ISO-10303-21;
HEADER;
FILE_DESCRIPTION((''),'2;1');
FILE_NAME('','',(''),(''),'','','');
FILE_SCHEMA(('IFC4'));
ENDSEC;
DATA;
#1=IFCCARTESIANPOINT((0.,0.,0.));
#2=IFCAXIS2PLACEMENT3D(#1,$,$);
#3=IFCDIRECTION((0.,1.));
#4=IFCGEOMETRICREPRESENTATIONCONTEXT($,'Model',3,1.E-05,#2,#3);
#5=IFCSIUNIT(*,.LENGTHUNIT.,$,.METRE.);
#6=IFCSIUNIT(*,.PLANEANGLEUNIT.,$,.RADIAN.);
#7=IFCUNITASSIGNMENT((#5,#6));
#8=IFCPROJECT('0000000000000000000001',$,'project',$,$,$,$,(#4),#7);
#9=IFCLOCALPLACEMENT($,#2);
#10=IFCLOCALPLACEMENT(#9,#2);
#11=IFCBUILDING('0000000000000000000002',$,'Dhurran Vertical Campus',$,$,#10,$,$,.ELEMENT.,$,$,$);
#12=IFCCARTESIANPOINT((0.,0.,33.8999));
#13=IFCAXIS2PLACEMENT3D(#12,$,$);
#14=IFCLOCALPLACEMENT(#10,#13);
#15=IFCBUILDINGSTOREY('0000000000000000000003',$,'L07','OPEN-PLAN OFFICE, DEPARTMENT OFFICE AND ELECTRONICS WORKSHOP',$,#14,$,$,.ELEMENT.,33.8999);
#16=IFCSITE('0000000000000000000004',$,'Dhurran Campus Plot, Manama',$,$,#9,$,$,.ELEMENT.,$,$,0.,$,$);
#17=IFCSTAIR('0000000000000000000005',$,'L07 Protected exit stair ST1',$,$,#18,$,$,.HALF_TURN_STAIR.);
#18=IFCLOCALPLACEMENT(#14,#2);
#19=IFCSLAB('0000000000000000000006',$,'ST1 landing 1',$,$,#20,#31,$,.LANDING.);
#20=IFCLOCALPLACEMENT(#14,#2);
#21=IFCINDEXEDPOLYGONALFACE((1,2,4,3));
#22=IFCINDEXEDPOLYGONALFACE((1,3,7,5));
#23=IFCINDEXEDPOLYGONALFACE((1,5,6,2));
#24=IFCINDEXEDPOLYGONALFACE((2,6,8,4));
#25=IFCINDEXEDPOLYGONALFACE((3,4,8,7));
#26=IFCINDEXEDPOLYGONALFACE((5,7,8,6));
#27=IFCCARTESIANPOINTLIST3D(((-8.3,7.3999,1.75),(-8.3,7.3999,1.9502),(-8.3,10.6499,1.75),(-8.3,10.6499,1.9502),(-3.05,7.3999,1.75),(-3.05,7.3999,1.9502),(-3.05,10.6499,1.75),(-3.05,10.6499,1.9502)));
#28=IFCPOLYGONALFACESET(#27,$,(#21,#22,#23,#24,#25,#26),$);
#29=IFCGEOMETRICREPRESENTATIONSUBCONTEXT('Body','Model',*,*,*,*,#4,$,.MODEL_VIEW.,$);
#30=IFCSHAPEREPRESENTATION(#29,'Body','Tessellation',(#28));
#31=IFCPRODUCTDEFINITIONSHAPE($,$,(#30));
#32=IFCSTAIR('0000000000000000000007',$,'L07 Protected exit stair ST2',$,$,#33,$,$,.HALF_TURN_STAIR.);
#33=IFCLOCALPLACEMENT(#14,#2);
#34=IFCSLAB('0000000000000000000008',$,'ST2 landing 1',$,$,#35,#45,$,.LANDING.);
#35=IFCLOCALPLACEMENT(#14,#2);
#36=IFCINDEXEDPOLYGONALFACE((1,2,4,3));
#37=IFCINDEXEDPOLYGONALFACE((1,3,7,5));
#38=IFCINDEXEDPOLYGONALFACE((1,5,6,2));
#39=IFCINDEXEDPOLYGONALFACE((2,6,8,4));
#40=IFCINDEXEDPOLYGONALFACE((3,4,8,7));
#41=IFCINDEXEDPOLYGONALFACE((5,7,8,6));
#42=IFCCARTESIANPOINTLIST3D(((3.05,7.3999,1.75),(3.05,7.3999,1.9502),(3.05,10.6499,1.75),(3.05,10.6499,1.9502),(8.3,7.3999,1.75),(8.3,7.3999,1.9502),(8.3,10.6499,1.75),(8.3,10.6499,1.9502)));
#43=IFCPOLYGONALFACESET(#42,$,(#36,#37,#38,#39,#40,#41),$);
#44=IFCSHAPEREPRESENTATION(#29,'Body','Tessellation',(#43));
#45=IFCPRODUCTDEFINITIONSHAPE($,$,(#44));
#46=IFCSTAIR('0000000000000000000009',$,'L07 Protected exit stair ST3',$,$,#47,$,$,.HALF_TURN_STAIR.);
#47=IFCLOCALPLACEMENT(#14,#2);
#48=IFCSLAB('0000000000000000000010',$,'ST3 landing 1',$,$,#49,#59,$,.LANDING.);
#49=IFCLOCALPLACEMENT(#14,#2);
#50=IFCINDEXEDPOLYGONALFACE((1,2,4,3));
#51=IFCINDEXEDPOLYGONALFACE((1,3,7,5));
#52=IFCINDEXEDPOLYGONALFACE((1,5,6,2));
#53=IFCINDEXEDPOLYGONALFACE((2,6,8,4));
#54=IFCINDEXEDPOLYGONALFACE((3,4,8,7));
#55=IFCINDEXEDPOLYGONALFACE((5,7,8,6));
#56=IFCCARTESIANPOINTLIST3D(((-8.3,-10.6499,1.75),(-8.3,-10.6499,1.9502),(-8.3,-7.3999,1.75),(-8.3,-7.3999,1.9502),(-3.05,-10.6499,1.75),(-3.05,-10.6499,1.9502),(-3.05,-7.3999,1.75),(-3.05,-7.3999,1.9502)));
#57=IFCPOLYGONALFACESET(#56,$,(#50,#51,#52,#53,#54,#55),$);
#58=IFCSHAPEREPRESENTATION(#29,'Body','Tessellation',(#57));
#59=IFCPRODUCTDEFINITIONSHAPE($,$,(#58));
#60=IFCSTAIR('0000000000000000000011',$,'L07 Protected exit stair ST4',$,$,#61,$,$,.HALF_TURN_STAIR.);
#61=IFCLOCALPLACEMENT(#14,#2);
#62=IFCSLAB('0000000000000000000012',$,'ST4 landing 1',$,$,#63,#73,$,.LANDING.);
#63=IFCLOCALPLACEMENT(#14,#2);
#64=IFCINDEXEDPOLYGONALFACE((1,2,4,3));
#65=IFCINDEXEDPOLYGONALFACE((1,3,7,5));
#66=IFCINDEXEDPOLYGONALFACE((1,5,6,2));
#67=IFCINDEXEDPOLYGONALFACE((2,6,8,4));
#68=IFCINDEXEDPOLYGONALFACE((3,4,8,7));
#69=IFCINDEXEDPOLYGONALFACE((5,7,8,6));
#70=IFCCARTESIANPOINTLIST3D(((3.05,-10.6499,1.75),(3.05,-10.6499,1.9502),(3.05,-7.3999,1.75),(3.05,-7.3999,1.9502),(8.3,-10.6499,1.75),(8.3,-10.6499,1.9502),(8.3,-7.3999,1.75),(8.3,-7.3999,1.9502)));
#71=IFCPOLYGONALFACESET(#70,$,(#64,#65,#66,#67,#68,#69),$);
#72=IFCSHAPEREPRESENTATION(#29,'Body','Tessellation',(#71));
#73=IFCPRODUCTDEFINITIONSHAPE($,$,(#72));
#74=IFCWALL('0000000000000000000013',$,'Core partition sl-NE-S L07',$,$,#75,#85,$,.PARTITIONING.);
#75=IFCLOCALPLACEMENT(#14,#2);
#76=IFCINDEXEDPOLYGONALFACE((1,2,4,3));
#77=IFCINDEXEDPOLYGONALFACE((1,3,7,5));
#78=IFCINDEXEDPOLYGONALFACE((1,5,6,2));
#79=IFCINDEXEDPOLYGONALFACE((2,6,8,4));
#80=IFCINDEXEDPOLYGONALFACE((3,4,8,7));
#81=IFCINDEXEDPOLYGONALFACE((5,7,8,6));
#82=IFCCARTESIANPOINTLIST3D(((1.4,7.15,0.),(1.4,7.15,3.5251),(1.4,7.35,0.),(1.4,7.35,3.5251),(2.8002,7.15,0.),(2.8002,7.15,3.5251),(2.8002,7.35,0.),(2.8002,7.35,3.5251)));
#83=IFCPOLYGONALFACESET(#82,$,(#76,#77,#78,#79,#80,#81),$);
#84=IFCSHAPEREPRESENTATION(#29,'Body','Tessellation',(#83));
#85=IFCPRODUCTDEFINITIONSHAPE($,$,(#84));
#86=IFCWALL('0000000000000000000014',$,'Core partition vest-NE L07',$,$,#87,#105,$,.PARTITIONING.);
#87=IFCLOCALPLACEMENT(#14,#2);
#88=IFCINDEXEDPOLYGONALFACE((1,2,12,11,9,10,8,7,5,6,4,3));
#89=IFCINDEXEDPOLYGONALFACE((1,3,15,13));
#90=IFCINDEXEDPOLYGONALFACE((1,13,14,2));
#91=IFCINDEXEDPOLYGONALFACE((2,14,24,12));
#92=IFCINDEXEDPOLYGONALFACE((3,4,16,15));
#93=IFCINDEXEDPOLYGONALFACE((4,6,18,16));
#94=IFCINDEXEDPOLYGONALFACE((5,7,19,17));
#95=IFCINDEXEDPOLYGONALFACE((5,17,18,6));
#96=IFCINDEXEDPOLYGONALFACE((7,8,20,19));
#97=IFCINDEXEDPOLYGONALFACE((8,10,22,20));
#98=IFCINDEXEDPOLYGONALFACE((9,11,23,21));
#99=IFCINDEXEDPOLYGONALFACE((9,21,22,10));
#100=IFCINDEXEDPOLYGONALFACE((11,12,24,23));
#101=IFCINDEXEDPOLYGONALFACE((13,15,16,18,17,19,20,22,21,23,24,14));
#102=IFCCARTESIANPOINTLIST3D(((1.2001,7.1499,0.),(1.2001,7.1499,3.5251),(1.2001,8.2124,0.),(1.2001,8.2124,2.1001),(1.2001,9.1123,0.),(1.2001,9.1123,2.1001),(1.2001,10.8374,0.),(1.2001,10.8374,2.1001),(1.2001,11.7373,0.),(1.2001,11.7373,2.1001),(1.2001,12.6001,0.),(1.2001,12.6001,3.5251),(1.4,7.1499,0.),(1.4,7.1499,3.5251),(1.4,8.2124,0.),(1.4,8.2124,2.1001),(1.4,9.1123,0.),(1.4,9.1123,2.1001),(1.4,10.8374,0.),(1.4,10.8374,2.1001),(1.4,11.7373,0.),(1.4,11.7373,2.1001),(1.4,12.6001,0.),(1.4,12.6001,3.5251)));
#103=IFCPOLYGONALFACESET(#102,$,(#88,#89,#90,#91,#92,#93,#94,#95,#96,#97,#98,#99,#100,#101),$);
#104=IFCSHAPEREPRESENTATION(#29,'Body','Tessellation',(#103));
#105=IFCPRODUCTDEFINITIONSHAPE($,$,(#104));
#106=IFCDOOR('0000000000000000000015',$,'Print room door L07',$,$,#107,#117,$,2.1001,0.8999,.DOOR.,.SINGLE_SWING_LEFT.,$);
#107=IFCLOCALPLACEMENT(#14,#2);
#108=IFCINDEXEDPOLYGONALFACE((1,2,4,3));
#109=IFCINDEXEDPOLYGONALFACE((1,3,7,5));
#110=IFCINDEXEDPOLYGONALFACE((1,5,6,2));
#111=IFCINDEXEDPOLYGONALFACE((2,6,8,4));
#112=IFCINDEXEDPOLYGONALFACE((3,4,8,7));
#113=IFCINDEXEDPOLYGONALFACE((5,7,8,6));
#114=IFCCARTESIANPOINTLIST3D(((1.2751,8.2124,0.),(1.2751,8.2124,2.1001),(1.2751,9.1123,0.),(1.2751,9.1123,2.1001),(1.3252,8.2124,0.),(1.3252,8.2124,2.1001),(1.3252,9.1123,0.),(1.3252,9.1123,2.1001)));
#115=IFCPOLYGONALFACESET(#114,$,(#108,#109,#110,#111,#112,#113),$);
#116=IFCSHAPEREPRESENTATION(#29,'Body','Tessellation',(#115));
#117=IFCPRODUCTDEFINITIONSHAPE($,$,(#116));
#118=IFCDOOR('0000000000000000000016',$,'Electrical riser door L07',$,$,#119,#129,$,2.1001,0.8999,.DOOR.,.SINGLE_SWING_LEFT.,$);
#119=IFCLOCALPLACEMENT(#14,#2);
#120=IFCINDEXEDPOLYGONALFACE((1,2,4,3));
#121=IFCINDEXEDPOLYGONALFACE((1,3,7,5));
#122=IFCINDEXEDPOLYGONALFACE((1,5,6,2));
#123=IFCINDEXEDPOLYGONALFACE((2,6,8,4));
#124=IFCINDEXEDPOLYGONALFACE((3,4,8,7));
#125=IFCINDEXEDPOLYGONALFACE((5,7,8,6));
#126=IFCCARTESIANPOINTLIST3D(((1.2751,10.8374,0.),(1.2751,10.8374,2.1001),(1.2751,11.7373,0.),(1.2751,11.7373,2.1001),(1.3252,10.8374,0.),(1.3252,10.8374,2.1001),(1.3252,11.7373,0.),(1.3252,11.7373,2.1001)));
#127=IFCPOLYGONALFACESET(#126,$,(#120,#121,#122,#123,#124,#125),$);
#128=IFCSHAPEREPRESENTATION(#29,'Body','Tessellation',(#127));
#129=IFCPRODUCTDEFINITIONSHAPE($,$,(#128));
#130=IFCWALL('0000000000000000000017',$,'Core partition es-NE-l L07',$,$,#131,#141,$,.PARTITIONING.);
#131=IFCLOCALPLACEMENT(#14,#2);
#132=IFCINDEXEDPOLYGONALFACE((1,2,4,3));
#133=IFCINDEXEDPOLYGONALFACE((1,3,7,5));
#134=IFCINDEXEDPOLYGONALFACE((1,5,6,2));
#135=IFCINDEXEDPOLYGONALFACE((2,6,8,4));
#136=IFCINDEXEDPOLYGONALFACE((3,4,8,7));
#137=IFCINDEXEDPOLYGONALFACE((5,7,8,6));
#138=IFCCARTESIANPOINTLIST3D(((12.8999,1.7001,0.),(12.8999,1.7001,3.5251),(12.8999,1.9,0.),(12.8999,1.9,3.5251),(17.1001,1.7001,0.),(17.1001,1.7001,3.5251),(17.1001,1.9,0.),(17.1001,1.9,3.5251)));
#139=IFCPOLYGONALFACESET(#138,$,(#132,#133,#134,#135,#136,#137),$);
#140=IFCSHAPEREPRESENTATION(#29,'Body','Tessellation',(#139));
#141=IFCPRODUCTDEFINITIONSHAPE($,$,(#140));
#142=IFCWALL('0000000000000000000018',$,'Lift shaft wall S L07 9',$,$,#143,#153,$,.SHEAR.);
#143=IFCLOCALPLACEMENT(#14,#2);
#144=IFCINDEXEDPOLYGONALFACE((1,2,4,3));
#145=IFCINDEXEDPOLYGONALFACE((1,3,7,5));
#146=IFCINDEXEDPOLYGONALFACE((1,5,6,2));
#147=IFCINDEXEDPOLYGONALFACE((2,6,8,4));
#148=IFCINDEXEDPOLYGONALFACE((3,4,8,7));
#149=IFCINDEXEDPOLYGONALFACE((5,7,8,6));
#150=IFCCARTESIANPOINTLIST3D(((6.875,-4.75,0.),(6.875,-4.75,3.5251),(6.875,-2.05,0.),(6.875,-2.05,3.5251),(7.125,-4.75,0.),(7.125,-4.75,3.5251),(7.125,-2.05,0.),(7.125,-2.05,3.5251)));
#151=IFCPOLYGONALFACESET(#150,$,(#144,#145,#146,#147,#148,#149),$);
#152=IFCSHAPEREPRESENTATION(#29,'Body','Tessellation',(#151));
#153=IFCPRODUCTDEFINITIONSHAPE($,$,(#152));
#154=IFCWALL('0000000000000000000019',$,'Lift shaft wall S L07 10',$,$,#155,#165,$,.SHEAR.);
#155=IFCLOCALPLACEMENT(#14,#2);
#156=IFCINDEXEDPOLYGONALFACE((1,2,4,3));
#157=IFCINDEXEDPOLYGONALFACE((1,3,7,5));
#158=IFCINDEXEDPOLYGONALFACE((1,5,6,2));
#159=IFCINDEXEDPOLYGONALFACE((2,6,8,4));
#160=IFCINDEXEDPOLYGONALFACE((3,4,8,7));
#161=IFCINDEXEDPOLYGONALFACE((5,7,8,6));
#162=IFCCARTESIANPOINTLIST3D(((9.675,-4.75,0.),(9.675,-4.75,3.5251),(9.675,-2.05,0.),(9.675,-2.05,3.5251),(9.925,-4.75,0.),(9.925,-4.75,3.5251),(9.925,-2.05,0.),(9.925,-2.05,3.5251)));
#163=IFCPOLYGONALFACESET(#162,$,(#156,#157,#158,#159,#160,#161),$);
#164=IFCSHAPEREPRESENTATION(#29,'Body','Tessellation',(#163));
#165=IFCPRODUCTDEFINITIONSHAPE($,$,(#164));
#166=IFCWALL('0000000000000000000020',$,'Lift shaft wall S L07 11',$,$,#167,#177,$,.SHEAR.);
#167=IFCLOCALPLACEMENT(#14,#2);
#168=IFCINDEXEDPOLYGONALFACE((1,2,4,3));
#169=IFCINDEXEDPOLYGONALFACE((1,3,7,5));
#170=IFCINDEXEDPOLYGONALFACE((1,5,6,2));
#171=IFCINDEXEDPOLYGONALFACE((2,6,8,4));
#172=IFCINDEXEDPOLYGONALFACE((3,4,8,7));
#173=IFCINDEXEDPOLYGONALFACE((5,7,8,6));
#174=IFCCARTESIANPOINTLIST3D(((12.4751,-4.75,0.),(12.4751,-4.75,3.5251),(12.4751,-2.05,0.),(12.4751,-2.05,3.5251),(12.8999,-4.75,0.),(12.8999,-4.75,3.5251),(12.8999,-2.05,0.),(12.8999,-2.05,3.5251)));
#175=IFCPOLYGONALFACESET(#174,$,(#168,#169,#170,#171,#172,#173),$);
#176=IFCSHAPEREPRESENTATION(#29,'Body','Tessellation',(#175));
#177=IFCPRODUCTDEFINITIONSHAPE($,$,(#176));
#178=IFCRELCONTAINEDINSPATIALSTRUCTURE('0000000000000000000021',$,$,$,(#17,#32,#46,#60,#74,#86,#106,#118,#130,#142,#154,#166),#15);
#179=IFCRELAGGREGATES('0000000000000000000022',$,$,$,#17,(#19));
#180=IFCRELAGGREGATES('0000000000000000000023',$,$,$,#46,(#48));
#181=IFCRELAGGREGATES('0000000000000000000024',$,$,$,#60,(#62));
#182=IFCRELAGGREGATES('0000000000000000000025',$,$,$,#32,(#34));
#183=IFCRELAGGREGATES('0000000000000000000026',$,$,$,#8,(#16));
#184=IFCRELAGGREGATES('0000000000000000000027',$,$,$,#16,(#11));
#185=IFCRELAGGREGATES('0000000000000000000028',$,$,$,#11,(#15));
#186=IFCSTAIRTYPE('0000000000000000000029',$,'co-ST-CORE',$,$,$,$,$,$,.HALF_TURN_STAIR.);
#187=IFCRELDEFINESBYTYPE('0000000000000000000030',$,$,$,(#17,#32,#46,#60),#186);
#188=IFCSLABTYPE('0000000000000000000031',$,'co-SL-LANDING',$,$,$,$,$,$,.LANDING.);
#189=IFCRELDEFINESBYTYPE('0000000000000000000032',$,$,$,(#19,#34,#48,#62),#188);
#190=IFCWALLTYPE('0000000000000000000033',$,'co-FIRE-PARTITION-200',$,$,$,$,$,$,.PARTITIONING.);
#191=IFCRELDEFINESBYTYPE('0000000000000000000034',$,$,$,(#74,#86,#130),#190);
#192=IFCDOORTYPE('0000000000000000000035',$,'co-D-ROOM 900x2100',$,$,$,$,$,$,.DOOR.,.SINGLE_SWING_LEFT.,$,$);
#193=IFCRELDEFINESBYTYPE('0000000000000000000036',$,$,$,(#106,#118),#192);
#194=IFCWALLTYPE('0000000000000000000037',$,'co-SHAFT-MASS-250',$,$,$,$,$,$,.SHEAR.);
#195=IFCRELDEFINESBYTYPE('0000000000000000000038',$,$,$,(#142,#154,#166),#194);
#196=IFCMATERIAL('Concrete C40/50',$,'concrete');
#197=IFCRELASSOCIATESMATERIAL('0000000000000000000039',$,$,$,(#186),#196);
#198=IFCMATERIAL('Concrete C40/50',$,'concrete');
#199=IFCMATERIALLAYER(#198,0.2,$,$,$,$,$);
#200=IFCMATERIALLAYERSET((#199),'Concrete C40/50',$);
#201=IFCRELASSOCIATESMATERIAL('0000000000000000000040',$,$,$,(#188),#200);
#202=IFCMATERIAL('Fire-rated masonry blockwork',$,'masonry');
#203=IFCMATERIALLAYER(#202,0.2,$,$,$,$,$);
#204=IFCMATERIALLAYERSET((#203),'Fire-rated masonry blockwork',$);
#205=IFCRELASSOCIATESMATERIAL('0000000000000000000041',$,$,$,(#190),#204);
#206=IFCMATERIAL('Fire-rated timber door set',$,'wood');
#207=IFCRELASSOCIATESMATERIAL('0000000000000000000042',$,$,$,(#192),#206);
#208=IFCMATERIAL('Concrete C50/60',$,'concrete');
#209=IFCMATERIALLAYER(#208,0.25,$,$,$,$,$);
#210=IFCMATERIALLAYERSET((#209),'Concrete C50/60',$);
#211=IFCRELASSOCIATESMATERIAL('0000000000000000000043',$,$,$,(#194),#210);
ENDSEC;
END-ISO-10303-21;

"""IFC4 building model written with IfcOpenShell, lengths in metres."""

from ifc_helpers import new_model, si_unit, direction, frame, frame_2d, origin, place, context, subcontext, project, spatial, polyline, rectangle, outline, extrude, material, layer, layer_set, type_object, element, fill, aggregate, save


model = new_model("IFC4")

# Units and contexts
model_context = context("Model", 3, precision=1e-05, world=origin(), true_north=direction((0.0, 1.0)))
body_context = subcontext(model_context, "Body", "Model", "MODEL_VIEW")
ifc_project = project(units=[si_unit("LENGTHUNIT", "METRE"), si_unit("PLANEANGLEUNIT", "RADIAN")], contexts=[model_context])

# Site, building, storey
site_placement = place(None, origin())
site = spatial("IfcSite", under=ifc_project, at=site_placement, Name="Dhurran Campus Plot, Manama", CompositionType="ELEMENT", RefElevation=0.0)
building_placement = place(site_placement, origin())
building = spatial("IfcBuilding", under=site, at=building_placement, Name="Dhurran Vertical Campus", CompositionType="ELEMENT")
storey_placement = place(building_placement, frame((0.0, 0.0, 33.8999)))
storey = spatial("IfcBuildingStorey", under=building, at=storey_placement, Name="L07", Description="OPEN-PLAN OFFICE, DEPARTMENT OFFICE AND ELECTRONICS WORKSHOP", CompositionType="ELEMENT", Elevation=33.8999)

# Stairs, slabs
ifc_material_1 = material(Name="Concrete C40/50", Category="concrete")
stair_type = type_object("IfcStairType", Name="co-ST-CORE", PredefinedType="HALF_TURN_STAIR", material=ifc_material_1)
stair_1_placement = place(storey_placement, origin())
stair_1 = element("IfcStair", 1, at=stair_1_placement, inside=storey, type_object=stair_type, Name="L07 Protected exit stair ST1", PredefinedType="HALF_TURN_STAIR")
ifc_material_2 = material(Name="Concrete C40/50", Category="concrete")
ifc_layer_1 = layer(ifc_material_2, 0.2)
ifc_layer_set_1 = layer_set([ifc_layer_1], Name="Concrete C40/50")
slab_type = type_object("IfcSlabType", Name="co-SL-LANDING", PredefinedType="LANDING", material=ifc_layer_set_1)
slab_1_placement = place(storey_placement, frame((0.0, 0.0, 1.75)))
slab_1 = element("IfcSlab", 2, at=slab_1_placement, type_object=slab_type, Name="ST1 landing 1", PredefinedType="LANDING", context=body_context, shape_type="SweptSolid", body=[
    extrude(outline(polyline([(-8.3, 7.3999), (-3.05, 7.3999), (-3.05, 10.6499), (-8.3, 10.6499), (-8.3, 7.3999)])), origin(), (0.0, 0.0, 1.0), 0.2002),
])
aggregate(stair_1, [slab_1])
stair_2_placement = place(storey_placement, origin())
stair_2 = element("IfcStair", 3, at=stair_2_placement, inside=storey, type_object=stair_type, Name="L07 Protected exit stair ST2", PredefinedType="HALF_TURN_STAIR")
slab_2_placement = place(storey_placement, frame((0.0, 0.0, 1.75)))
slab_2 = element("IfcSlab", 4, at=slab_2_placement, type_object=slab_type, Name="ST2 landing 1", PredefinedType="LANDING", context=body_context, shape_type="SweptSolid", body=[
    extrude(outline(polyline([(8.3, 10.6499), (3.05, 10.6499), (3.05, 7.3999), (8.3, 7.3999), (8.3, 10.6499)])), origin(), (0.0, 0.0, 1.0), 0.2002),
])
stair_3_placement = place(storey_placement, origin())
stair_3 = element("IfcStair", 5, at=stair_3_placement, inside=storey, type_object=stair_type, Name="L07 Protected exit stair ST3", PredefinedType="HALF_TURN_STAIR")
slab_3_placement = place(storey_placement, frame((0.0, 0.0, 1.75)))
slab_3 = element("IfcSlab", 6, at=slab_3_placement, type_object=slab_type, Name="ST3 landing 1", PredefinedType="LANDING", context=body_context, shape_type="SweptSolid", body=[
    extrude(outline(polyline([(-8.3, -10.6499), (-3.05, -10.6499), (-3.05, -7.3999), (-8.3, -7.3999), (-8.3, -10.6499)])), origin(), (0.0, 0.0, 1.0), 0.2002),
])
aggregate(stair_3, [slab_3])
stair_4_placement = place(storey_placement, origin())
stair_4 = element("IfcStair", 7, at=stair_4_placement, inside=storey, type_object=stair_type, Name="L07 Protected exit stair ST4", PredefinedType="HALF_TURN_STAIR")
slab_4_placement = place(storey_placement, frame((0.0, 0.0, 1.75)))
slab_4 = element("IfcSlab", 8, at=slab_4_placement, type_object=slab_type, Name="ST4 landing 1", PredefinedType="LANDING", context=body_context, shape_type="SweptSolid", body=[
    extrude(outline(polyline([(8.3, -7.3999), (3.05, -7.3999), (3.05, -10.6499), (8.3, -10.6499), (8.3, -7.3999)])), origin(), (0.0, 0.0, 1.0), 0.2002),
])
aggregate(stair_4, [slab_4])

# Wall
ifc_material_3 = material(Name="Fire-rated masonry blockwork", Category="masonry")
ifc_layer_2 = layer(ifc_material_3, 0.2)
ifc_layer_set_2 = layer_set([ifc_layer_2], Name="Fire-rated masonry blockwork")
wall_type_1 = type_object("IfcWallType", Name="co-FIRE-PARTITION-200", PredefinedType="PARTITIONING", material=ifc_layer_set_2)
wall_1_placement = place(storey_placement, frame((1.3999, 7.25, 0.0), z_axis=(0.0, 0.0, 1.0), x_axis=(1.0, 0.0, 0.0)))
element("IfcWall", 9, at=wall_1_placement, inside=storey, type_object=wall_type_1, Name="Core partition sl-NE-S L07", PredefinedType="PARTITIONING", context=body_context, shape_type="SweptSolid", body=[
    extrude(rectangle(XDim=1.4001, YDim=0.2, at=frame_2d((0.7002, 0.0))), origin(), (0.0, 0.0, 1.0), 3.5251),
])

# Wall, openings, doors
wall_2_placement = place(storey_placement, frame((1.3, 7.1499, 0.0), z_axis=(0.0, 0.0, 1.0), x_axis=(0.0, 1.0, 0.0)))
wall_2 = element("IfcWall", 10, at=wall_2_placement, inside=storey, type_object=wall_type_1, Name="Core partition vest-NE L07", PredefinedType="PARTITIONING", context=body_context, shape_type="SweptSolid", body=[
    extrude(rectangle(XDim=5.4502, YDim=0.2, at=frame_2d((2.7251, 0.0))), origin(), (0.0, 0.0, 1.0), 3.5251),
])
opening_1_placement = place(wall_2_placement, frame((1.0625, 0.0, 0.0)))
opening_1 = element("IfcOpeningElement", 11, at=opening_1_placement, cuts=wall_2, PredefinedType="OPENING", context=body_context, shape_type="SweptSolid", body=[
    extrude(rectangle(XDim=0.8999, YDim=2.1001, at=frame_2d((0.45, 1.05))), frame((0.0, 0.1099, 0.0), z_axis=(0.0, -1.0, 0.0), x_axis=(1.0, 0.0, 0.0)), (0.0, 0.0, 1.0), 0.22),
])
opening_2_placement = place(wall_2_placement, frame((3.6875, 0.0, 0.0)))
opening_2 = element("IfcOpeningElement", 12, at=opening_2_placement, cuts=wall_2, PredefinedType="OPENING", context=body_context, shape_type="SweptSolid", body=[
    extrude(rectangle(XDim=0.8999, YDim=2.1001, at=frame_2d((0.45, 1.05))), frame((0.0, 0.1099, 0.0), z_axis=(0.0, -1.0, 0.0), x_axis=(1.0, 0.0, 0.0)), (0.0, 0.0, 1.0), 0.22),
])
ifc_material_4 = material(Name="Fire-rated timber door set", Category="wood")
door_type_1 = type_object("IfcDoorType", Name="co-D-ROOM 900x2100", OperationType="SINGLE_SWING_LEFT", PredefinedType="DOOR", material=ifc_material_4)
door_1_placement = place(opening_1_placement, origin())
door_1 = element("IfcDoor", 13, at=door_1_placement, inside=storey, type_object=door_type_1, Name="Print room door L07", OperationType="SINGLE_SWING_LEFT", OverallHeight=2.1001, OverallWidth=0.8999, PredefinedType="DOOR", context=body_context, shape_type="SweptSolid", body=[
    extrude(rectangle(XDim=0.8999, YDim=2.1001, at=frame_2d((0.45, 1.05))), frame((0.0, 0.0249, 0.0), z_axis=(0.0, -1.0, 0.0), x_axis=(1.0, 0.0, 0.0)), (0.0, 0.0, 1.0), 0.05),
])
fill(opening_1, door_1)
door_2_placement = place(opening_2_placement, origin())
door_2 = element("IfcDoor", 14, at=door_2_placement, inside=storey, type_object=door_type_1, Name="Electrical riser door L07", OperationType="SINGLE_SWING_LEFT", OverallHeight=2.1001, OverallWidth=0.8999, PredefinedType="DOOR", context=body_context, shape_type="SweptSolid", body=[
    extrude(rectangle(XDim=0.8999, YDim=2.1001, at=frame_2d((0.45, 1.05))), frame((0.0, 0.0249, 0.0), z_axis=(0.0, -1.0, 0.0), x_axis=(1.0, 0.0, 0.0)), (0.0, 0.0, 1.0), 0.05),
])
fill(opening_2, door_2)

# Walls
wall_3_placement = place(storey_placement, frame((12.8999, 1.8, 0.0), z_axis=(0.0, 0.0, 1.0), x_axis=(1.0, 0.0, 0.0)))
element("IfcWall", 15, at=wall_3_placement, inside=storey, type_object=wall_type_1, Name="Core partition es-NE-l L07", PredefinedType="PARTITIONING", context=body_context, shape_type="SweptSolid", body=[
    extrude(rectangle(XDim=4.2002, YDim=0.2, at=frame_2d((2.1001, 0.0))), origin(), (0.0, 0.0, 1.0), 3.5251),
])
ifc_material_5 = material(Name="Concrete C50/60", Category="concrete")
ifc_layer_3 = layer(ifc_material_5, 0.25)
ifc_layer_set_3 = layer_set([ifc_layer_3], Name="Concrete C50/60")
wall_type_2 = type_object("IfcWallType", Name="co-SHAFT-MASS-250", PredefinedType="SHEAR", material=ifc_layer_set_3)
wall_4_placement = place(storey_placement, origin())
element("IfcWall", 16, at=wall_4_placement, inside=storey, type_object=wall_type_2, Name="Lift shaft wall S L07 9", PredefinedType="SHEAR", context=body_context, shape_type="SweptSolid", body=[
    extrude(outline(polyline([(6.875, -4.75), (7.125, -4.75), (7.125, -2.05), (6.875, -2.05), (6.875, -4.75)])), origin(), (0.0, 0.0, 1.0), 3.5251),
])
wall_5_placement = place(storey_placement, origin())
element("IfcWall", 17, at=wall_5_placement, inside=storey, type_object=wall_type_2, Name="Lift shaft wall S L07 10", PredefinedType="SHEAR", context=body_context, shape_type="SweptSolid", body=[
    extrude(outline(polyline([(9.675, -4.75), (9.925, -4.75), (9.925, -2.05), (9.675, -2.05), (9.675, -4.75)])), origin(), (0.0, 0.0, 1.0), 3.5251),
])
wall_6_placement = place(storey_placement, origin())
element("IfcWall", 18, at=wall_6_placement, inside=storey, type_object=wall_type_2, Name="Lift shaft wall S L07 11", PredefinedType="SHEAR", context=body_context, shape_type="SweptSolid", body=[
    extrude(outline(polyline([(12.4751, -4.75), (12.8999, -4.75), (12.8999, -2.05), (12.4751, -2.05), (12.4751, -4.75)])), origin(), (0.0, 0.0, 1.0), 3.5251),
])

aggregate(stair_2, [slab_2])

save(model, "model.ifc")
